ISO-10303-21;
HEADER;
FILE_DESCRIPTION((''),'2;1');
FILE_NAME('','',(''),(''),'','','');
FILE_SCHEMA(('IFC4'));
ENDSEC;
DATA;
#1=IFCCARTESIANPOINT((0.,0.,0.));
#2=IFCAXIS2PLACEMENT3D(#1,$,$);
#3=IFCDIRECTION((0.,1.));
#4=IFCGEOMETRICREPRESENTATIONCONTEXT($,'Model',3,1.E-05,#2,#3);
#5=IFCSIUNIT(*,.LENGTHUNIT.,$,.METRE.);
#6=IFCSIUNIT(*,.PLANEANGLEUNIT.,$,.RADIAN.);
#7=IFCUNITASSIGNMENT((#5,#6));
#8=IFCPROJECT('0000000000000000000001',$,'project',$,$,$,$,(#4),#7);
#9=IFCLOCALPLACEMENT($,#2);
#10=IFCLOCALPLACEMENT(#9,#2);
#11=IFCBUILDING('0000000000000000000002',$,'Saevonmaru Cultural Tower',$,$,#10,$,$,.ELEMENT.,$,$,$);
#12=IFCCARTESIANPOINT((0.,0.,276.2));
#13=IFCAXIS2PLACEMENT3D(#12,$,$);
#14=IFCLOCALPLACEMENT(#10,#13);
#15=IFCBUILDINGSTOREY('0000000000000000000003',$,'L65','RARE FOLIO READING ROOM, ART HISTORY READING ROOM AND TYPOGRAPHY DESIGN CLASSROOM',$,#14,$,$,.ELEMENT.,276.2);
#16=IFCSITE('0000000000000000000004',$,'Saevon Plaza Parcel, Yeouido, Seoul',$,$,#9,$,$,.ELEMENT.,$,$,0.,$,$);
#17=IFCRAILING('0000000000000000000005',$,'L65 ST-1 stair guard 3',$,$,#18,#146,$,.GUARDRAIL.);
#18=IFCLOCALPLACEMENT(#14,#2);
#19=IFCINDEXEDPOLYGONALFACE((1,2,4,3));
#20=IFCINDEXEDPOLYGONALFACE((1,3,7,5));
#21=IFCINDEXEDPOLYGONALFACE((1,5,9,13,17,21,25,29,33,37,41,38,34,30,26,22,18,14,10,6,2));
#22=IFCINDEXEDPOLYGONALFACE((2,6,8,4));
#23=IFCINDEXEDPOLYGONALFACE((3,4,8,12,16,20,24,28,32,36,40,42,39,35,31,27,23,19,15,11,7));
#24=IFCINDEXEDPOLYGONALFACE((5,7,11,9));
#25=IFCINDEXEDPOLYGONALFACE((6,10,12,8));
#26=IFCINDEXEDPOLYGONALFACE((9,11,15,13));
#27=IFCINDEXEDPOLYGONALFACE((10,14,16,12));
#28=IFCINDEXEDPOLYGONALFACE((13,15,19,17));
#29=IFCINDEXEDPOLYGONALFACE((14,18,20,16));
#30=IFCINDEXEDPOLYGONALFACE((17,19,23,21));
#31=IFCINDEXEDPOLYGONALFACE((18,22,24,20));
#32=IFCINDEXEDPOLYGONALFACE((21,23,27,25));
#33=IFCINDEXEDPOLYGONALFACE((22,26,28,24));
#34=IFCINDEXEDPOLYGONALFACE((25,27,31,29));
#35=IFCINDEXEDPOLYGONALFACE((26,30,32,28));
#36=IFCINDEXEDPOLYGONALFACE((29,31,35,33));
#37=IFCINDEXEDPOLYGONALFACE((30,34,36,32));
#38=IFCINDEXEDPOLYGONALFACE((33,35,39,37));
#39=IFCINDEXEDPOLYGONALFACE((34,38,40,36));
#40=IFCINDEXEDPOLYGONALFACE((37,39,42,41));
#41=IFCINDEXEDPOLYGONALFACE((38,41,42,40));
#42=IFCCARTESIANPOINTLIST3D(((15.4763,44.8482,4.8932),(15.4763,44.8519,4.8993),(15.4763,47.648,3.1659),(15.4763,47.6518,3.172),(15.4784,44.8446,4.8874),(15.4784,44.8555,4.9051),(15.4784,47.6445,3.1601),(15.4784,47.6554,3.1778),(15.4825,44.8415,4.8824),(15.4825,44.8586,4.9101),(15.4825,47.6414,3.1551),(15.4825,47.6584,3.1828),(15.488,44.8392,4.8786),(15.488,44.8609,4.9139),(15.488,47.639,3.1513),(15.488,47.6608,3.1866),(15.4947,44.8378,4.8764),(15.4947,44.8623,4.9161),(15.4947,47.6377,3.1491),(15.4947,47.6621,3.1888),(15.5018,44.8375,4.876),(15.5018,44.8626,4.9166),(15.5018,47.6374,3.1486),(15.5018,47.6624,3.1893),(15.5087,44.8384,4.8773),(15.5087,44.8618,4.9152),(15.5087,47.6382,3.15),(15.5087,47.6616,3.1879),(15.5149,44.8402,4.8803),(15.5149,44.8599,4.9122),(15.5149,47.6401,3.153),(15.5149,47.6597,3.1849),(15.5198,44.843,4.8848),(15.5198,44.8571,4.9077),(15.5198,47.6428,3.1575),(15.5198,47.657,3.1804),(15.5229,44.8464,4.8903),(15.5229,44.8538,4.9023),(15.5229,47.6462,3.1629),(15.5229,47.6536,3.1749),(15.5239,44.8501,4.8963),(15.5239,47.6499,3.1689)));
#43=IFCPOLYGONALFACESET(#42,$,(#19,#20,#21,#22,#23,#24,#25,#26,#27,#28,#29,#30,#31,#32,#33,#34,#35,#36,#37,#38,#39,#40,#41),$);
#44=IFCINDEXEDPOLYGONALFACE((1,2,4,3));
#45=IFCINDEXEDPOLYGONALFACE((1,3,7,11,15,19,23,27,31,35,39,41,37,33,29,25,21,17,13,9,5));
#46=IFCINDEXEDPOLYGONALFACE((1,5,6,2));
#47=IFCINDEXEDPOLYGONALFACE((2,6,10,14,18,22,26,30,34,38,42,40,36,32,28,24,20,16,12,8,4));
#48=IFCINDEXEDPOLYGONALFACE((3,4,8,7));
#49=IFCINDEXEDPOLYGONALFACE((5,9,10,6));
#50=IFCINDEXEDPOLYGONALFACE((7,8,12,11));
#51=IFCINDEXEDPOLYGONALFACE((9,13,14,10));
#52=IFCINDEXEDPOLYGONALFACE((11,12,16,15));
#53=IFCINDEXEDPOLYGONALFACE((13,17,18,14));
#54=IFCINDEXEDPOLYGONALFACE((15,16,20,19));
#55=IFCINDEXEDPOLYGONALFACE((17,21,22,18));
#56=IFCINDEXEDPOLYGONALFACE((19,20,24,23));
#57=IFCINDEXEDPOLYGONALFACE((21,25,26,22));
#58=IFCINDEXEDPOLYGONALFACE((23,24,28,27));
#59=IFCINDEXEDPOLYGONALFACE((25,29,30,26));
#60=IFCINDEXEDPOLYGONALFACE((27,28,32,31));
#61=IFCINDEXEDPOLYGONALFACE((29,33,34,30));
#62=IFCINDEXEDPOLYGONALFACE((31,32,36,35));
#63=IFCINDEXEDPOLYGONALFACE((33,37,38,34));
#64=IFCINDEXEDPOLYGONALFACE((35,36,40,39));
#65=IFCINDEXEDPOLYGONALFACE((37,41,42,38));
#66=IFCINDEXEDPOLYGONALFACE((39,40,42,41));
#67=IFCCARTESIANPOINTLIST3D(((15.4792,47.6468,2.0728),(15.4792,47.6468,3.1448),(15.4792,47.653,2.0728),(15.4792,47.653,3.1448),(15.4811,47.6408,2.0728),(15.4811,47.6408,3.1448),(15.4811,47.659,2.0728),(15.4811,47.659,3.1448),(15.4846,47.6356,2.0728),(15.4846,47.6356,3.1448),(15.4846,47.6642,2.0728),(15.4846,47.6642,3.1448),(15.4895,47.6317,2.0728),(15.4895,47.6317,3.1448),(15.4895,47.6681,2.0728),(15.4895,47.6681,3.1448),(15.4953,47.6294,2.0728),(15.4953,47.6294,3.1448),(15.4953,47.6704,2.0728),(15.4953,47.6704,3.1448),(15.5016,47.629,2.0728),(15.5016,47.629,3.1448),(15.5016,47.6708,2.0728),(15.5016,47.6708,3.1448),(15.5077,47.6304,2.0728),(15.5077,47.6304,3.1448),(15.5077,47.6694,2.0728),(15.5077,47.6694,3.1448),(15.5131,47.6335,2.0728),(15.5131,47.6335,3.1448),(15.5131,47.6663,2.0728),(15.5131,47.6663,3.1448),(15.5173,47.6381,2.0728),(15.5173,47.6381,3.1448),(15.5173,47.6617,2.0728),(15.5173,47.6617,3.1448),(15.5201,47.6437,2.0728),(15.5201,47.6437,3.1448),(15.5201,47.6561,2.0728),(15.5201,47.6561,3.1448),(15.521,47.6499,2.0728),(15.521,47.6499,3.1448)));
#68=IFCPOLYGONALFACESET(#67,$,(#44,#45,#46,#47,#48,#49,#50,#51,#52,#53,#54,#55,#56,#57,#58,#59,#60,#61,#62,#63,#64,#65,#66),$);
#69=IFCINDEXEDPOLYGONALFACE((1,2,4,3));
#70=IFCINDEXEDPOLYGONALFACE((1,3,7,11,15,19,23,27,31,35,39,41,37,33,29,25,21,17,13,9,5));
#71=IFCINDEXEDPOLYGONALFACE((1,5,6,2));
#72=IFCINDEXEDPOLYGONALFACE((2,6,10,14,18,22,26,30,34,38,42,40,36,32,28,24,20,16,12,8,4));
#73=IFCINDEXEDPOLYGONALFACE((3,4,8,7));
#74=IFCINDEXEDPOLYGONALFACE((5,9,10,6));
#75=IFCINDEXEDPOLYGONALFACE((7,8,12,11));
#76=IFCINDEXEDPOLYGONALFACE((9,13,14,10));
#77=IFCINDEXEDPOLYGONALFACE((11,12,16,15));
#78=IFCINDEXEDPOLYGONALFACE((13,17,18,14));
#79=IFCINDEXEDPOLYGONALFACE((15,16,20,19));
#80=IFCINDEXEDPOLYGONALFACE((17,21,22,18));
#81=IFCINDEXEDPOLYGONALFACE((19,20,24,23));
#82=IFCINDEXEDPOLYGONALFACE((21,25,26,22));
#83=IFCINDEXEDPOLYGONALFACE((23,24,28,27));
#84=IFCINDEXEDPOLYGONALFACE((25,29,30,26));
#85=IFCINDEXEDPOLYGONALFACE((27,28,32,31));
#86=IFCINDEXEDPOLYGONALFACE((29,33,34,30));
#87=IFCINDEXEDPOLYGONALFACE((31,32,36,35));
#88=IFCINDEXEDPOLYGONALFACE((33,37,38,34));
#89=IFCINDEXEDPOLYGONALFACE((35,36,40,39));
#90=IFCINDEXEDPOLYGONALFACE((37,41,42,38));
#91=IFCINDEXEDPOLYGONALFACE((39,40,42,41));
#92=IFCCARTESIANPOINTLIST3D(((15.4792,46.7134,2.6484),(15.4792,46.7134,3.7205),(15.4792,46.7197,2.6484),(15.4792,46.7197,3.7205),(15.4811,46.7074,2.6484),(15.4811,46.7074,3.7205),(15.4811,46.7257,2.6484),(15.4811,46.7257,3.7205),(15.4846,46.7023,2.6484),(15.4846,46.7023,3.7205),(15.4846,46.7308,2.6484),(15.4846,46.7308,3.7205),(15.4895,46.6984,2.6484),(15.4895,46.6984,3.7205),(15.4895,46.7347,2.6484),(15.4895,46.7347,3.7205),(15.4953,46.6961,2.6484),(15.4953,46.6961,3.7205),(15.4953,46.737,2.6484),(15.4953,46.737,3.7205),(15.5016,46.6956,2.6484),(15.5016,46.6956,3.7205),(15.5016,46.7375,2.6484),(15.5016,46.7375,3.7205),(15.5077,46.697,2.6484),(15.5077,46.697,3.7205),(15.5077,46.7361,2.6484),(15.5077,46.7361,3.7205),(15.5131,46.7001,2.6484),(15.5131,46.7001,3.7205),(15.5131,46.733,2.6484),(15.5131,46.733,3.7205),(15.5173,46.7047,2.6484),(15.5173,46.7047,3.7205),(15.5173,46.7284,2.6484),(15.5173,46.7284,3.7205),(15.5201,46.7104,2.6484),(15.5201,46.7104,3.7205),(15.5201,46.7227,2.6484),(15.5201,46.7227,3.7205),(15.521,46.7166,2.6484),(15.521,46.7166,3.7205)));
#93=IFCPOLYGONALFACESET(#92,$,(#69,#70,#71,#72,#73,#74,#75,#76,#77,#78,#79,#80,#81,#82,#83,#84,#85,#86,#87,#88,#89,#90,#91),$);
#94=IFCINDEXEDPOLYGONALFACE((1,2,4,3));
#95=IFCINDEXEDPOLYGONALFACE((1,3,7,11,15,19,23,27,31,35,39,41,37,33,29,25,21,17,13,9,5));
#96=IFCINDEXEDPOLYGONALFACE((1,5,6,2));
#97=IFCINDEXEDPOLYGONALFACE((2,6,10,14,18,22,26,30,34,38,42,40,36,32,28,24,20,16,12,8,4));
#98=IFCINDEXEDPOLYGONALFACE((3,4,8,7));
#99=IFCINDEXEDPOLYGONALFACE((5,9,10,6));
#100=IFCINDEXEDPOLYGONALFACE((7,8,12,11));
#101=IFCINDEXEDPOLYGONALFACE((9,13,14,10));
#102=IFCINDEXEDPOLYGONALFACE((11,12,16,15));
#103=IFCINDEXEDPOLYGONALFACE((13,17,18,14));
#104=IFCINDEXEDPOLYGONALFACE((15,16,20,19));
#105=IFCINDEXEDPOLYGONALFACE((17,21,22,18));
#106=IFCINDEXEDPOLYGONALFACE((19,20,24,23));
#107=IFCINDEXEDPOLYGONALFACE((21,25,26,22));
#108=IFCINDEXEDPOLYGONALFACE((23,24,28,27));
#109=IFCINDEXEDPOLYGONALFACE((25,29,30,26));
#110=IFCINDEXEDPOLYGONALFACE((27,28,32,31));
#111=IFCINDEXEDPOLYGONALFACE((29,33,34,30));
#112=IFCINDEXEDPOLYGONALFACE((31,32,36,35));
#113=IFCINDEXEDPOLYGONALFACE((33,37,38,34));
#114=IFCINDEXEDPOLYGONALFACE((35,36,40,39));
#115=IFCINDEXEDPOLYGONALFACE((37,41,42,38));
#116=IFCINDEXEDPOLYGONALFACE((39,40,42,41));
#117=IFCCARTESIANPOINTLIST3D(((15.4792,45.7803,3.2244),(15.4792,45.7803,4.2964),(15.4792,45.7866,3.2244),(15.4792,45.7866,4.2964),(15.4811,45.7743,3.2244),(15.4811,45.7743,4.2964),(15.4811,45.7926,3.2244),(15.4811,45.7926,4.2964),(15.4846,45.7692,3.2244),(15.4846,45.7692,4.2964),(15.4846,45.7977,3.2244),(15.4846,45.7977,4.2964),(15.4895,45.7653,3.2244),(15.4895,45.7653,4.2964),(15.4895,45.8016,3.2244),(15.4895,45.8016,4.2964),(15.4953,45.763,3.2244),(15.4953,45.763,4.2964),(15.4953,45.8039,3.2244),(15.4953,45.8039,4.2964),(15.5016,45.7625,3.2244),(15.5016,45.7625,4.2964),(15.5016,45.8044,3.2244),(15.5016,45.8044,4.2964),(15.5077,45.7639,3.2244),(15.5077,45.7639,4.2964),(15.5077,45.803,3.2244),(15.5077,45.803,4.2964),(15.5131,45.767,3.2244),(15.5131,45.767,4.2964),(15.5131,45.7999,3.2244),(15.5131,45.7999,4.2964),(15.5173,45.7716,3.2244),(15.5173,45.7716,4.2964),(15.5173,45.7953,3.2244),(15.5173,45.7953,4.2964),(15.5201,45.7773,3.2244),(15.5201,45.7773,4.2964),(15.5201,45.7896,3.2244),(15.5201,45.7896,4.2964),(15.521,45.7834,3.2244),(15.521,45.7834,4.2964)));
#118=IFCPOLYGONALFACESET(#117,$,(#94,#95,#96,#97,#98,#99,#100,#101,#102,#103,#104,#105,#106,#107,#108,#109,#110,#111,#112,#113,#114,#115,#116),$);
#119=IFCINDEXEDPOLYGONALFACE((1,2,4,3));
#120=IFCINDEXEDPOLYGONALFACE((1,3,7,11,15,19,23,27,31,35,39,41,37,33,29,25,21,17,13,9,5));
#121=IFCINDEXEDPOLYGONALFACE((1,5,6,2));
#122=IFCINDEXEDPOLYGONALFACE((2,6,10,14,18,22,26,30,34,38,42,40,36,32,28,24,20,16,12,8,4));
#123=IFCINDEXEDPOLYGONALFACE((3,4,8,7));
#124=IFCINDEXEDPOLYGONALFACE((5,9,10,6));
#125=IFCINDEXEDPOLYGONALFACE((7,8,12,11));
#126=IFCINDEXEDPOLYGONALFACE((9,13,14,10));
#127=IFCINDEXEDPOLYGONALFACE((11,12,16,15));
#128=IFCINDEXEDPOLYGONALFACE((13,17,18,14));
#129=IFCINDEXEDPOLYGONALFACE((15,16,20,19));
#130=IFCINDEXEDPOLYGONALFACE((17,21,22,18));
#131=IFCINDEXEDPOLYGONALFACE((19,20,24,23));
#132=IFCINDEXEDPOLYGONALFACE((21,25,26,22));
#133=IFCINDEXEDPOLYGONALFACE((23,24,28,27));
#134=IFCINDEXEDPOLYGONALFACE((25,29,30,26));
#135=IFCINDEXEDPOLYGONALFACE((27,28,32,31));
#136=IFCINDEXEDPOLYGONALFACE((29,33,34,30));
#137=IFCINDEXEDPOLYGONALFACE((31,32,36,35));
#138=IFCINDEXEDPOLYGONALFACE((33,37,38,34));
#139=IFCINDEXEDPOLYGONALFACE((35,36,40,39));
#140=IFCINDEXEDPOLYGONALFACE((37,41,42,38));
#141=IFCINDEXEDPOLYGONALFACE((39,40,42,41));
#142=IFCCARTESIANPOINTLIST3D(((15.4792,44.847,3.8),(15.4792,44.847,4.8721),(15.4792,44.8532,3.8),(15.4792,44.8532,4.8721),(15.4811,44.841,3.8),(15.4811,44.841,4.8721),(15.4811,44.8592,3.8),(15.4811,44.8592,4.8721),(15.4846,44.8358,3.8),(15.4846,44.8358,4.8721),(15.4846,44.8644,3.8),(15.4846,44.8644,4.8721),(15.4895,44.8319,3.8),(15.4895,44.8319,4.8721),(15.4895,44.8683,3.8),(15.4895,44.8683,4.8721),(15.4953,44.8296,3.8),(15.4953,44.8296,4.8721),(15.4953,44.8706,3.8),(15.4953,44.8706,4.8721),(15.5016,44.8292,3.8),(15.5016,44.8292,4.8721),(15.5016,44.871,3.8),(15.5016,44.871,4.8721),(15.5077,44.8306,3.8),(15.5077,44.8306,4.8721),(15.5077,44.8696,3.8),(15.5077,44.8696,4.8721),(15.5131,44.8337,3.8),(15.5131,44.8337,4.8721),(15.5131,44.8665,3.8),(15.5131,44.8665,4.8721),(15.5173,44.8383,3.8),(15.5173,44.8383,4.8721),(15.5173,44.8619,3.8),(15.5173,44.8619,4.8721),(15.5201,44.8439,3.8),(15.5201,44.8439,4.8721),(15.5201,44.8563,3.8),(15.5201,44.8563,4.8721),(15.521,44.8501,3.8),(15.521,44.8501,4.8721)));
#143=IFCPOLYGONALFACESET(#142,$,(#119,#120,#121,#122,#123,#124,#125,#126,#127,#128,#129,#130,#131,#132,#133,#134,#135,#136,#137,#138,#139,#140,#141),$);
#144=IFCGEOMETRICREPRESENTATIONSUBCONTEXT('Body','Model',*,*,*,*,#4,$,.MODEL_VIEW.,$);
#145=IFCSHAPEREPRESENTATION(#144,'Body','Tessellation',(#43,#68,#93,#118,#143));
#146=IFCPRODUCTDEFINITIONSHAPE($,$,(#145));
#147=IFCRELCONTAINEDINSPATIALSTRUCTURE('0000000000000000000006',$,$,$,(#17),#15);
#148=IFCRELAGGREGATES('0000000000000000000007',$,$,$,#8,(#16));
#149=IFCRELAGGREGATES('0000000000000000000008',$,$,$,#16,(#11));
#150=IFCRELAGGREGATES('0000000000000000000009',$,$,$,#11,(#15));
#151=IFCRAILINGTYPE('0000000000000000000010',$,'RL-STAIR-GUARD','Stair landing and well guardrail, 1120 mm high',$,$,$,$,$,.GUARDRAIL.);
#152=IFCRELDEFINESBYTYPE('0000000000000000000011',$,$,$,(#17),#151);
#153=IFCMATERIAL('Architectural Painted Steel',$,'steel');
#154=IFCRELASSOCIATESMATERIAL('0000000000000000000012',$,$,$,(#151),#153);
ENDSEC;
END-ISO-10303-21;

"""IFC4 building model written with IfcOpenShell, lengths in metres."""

from ifc_helpers import new_model, si_unit, direction, frame, origin, origin_2d, place, context, subcontext, project, spatial, circle, extrude, material, type_object, element, save


model = new_model("IFC4")

# Units and contexts
model_context = context("Model", 3, precision=1e-05, world=origin(), true_north=direction((0.0, 1.0)))
body_context = subcontext(model_context, "Body", "Model", "MODEL_VIEW")
ifc_project = project(units=[si_unit("LENGTHUNIT", "METRE"), si_unit("PLANEANGLEUNIT", "RADIAN")], contexts=[model_context])

# Site, building, storey
site_placement = place(None, origin())
site = spatial("IfcSite", under=ifc_project, at=site_placement, Name="Saevon Plaza Parcel, Yeouido, Seoul", CompositionType="ELEMENT", RefElevation=0.0)
building_placement = place(site_placement, origin())
building = spatial("IfcBuilding", under=site, at=building_placement, Name="Saevonmaru Cultural Tower", CompositionType="ELEMENT")
storey_placement = place(building_placement, frame((0.0, 0.0, 276.2)))
storey = spatial("IfcBuildingStorey", under=building, at=storey_placement, Name="L65", Description="RARE FOLIO READING ROOM, ART HISTORY READING ROOM AND TYPOGRAPHY DESIGN CLASSROOM", CompositionType="ELEMENT", Elevation=276.2)

# Railing
ifc_material_1 = material(Name="Architectural Painted Steel", Category="steel")
railing_type_1 = type_object("IfcRailingType", Name="RL-STAIR-GUARD", Description="Stair landing and well guardrail, 1120 mm high", PredefinedType="GUARDRAIL", material=ifc_material_1)
railing_1_placement = place(storey_placement, frame((15.5, 47.6499, 2.0728)))
element("IfcRailing", 1, at=railing_1_placement, inside=storey, type_object=railing_type_1, Name="L65 ST-1 stair guard 3", PredefinedType="GUARDRAIL", context=body_context, shape_type="SweptSolid", body=[
    extrude(circle(Radius=0.0239, at=origin_2d()), frame((0.0, 0.0, 1.0962), z_axis=(0.0, -0.851069, 0.525054), x_axis=(1.0, 0.0, 0.0)), (0.0, 0.0, 1.0), 3.2898),
    extrude(circle(Radius=0.021, at=origin_2d()), origin(), (0.0, 0.0, 1.0), 1.072),
    extrude(circle(Radius=0.021, at=origin_2d()), frame((0.0, -0.9333, 0.5757)), (0.0, 0.0, 1.0), 1.072),
    extrude(circle(Radius=0.021, at=origin_2d()), frame((0.0, -1.8665, 1.1516)), (0.0, 0.0, 1.0), 1.072),
    extrude(circle(Radius=0.021, at=origin_2d()), frame((0.0, -2.7998, 1.7273)), (0.0, 0.0, 1.0), 1.072),
])

save(model, "model.ifc")
